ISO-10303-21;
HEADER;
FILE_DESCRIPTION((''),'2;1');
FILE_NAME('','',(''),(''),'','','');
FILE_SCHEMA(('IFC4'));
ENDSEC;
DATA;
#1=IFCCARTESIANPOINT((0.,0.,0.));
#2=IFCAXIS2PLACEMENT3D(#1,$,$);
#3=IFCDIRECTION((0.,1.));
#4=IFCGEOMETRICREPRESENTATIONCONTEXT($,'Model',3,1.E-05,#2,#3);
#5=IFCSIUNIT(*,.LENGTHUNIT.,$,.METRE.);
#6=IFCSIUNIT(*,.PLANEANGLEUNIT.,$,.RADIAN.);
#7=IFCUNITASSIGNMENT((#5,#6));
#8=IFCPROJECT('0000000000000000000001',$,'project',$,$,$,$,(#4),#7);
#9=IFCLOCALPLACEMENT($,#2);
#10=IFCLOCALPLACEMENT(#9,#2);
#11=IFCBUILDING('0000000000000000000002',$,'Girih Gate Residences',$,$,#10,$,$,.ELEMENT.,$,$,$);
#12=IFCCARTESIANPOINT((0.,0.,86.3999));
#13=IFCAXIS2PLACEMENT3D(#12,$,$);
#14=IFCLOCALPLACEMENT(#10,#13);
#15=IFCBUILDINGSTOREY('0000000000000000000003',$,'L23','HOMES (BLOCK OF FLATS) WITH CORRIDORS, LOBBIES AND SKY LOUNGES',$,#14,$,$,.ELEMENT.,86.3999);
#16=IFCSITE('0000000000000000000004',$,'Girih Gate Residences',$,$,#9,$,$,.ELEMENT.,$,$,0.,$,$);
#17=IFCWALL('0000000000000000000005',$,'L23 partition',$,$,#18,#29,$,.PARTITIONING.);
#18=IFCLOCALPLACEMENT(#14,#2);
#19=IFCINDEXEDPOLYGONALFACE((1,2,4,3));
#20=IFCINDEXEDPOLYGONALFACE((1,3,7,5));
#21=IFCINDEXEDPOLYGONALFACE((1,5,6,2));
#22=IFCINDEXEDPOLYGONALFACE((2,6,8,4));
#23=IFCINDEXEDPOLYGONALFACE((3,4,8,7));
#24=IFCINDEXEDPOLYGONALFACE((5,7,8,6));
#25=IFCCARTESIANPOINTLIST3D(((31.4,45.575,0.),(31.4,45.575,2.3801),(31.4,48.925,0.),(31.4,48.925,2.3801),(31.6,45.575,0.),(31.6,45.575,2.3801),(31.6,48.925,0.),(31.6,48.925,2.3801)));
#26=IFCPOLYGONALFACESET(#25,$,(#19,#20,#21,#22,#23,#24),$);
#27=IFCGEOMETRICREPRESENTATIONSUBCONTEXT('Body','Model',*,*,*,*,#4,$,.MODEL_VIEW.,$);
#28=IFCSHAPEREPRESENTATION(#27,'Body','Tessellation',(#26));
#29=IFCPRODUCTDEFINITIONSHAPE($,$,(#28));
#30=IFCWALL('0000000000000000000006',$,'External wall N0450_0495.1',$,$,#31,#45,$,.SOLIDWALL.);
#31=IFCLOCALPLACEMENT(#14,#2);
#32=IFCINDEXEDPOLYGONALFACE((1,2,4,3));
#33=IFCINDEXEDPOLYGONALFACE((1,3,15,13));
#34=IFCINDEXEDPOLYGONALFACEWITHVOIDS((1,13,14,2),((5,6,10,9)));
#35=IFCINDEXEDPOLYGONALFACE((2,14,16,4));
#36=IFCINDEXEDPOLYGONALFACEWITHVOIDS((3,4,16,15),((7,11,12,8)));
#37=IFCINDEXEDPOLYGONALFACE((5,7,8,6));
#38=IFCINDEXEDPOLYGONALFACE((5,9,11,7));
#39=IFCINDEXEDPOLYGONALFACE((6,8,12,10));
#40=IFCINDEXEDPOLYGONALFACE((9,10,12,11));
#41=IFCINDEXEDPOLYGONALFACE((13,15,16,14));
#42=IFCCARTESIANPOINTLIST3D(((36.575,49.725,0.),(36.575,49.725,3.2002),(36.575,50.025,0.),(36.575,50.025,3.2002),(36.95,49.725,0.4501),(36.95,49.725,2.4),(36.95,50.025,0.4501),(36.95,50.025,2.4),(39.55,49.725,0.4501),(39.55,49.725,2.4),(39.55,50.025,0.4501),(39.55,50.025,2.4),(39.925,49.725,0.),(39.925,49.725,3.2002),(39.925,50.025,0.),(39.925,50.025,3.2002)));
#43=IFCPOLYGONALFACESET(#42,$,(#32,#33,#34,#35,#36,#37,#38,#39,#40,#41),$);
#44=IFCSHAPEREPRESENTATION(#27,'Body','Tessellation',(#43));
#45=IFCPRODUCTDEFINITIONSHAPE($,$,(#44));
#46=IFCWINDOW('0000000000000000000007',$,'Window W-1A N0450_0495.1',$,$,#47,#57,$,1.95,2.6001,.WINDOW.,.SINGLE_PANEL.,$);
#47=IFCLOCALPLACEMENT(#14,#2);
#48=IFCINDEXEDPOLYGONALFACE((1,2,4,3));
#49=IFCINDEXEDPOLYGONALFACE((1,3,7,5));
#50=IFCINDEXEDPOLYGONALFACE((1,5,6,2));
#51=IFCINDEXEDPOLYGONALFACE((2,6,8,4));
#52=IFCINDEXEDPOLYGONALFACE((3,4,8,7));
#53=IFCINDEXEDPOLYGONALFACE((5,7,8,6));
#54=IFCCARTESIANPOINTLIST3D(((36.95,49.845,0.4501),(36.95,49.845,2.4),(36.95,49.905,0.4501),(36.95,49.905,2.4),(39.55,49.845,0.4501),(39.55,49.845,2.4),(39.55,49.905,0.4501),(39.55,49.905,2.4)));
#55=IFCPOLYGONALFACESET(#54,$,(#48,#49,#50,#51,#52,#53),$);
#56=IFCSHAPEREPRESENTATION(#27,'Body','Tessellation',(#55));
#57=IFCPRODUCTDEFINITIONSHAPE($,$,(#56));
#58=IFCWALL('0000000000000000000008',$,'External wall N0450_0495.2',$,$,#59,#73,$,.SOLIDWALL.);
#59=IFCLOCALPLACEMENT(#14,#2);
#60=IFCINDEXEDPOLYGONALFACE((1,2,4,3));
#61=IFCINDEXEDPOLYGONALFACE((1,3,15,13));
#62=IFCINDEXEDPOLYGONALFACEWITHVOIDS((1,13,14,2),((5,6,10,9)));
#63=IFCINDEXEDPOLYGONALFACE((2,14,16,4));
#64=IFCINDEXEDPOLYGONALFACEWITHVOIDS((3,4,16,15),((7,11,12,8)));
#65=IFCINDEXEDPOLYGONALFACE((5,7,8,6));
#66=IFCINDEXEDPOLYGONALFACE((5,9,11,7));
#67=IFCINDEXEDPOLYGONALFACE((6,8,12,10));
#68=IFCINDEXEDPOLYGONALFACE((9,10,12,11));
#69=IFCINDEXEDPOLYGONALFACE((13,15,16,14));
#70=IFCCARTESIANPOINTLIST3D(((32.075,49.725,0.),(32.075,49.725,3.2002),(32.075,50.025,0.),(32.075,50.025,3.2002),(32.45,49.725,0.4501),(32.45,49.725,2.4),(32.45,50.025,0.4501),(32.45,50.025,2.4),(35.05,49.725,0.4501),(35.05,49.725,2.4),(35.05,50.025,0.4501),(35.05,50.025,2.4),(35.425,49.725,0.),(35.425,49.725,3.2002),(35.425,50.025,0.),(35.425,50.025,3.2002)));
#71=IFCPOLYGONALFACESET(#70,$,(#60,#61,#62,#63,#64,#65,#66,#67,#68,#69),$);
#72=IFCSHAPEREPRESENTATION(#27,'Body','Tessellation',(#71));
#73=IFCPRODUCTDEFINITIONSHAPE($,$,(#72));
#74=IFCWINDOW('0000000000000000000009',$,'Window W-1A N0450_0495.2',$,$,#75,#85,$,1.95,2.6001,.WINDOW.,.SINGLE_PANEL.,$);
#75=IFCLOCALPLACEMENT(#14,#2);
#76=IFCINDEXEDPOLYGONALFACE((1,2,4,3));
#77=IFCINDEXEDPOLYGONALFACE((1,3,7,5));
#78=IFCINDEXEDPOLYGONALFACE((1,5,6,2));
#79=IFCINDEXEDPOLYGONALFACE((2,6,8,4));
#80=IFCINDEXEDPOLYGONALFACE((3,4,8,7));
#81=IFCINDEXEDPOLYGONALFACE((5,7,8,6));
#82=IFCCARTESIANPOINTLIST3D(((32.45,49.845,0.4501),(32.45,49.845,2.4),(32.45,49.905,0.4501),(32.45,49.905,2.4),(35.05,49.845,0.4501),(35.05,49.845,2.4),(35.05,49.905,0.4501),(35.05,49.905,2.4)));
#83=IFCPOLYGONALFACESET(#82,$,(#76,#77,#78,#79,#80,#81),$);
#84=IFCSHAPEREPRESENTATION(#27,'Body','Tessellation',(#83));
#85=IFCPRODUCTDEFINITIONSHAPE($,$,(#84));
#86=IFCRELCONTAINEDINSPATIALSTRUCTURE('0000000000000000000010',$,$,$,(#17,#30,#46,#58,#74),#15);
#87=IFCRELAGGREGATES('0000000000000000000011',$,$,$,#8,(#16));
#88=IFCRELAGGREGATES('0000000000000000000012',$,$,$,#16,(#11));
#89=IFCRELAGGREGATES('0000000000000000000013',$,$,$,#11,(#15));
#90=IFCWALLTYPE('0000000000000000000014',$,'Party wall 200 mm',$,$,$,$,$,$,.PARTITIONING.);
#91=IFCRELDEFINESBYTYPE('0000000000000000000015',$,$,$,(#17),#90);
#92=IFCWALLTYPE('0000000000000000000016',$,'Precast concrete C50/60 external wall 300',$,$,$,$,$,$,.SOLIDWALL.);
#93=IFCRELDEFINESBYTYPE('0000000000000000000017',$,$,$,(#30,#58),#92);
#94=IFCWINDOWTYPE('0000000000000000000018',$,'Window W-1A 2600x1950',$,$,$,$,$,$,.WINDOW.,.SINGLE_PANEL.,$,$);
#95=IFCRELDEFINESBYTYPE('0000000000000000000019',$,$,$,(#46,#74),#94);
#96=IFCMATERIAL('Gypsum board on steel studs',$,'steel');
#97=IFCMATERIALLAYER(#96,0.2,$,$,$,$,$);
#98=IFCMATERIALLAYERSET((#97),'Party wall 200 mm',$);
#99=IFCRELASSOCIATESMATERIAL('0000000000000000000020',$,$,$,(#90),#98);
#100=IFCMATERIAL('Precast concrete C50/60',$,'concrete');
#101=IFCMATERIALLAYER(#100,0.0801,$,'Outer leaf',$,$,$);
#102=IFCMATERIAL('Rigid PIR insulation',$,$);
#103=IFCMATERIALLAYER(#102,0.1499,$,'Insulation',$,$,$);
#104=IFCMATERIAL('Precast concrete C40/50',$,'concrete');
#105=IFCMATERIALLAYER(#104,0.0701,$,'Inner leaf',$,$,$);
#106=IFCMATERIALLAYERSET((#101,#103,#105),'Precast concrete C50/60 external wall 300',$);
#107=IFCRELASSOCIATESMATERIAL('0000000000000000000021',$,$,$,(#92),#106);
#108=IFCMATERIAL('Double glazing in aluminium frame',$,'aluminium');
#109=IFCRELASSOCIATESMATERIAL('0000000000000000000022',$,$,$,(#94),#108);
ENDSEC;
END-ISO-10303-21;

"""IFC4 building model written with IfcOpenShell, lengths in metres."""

from ifc_helpers import new_model, si_unit, direction, frame, frame_2d, origin, place, context, subcontext, project, spatial, rectangle, extrude, material, layer, layer_set, type_object, element, fill, save


model = new_model("IFC4")

# Units and contexts
model_context = context("Model", 3, precision=1e-05, world=origin(), true_north=direction((0.0, 1.0)))
body_context = subcontext(model_context, "Body", "Model", "MODEL_VIEW")
ifc_project = project(units=[si_unit("LENGTHUNIT", "METRE"), si_unit("PLANEANGLEUNIT", "RADIAN")], contexts=[model_context])

# Site, building, storey
site_placement = place(None, origin())
site = spatial("IfcSite", under=ifc_project, at=site_placement, Name="Girih Gate Residences", CompositionType="ELEMENT", RefElevation=0.0)
building_placement = place(site_placement, origin())
building = spatial("IfcBuilding", under=site, at=building_placement, Name="Girih Gate Residences", CompositionType="ELEMENT")
storey_placement = place(building_placement, frame((0.0, 0.0, 86.3999)))
storey = spatial("IfcBuildingStorey", under=building, at=storey_placement, Name="L23", Description="HOMES (BLOCK OF FLATS) WITH CORRIDORS, LOBBIES AND SKY LOUNGES", CompositionType="ELEMENT", Elevation=86.3999)

# Shared definitions
ifc_material_1 = material(Name="Gypsum board on steel studs", Category="steel")

# Wall
ifc_layer_1 = layer(ifc_material_1, 0.2)
ifc_layer_set_1 = layer_set([ifc_layer_1], Name="Party wall 200 mm")
wall_type_1 = type_object("IfcWallType", Name="Party wall 200 mm", PredefinedType="PARTITIONING", material=ifc_layer_set_1)
wall_1_placement = place(storey_placement, frame((31.5, 45.575, 0.0), z_axis=(0.0, 0.0, 1.0), x_axis=(0.0, 1.0, 0.0)))
element("IfcWall", 1, at=wall_1_placement, inside=storey, type_object=wall_type_1, Name="L23 partition", PredefinedType="PARTITIONING", context=body_context, shape_type="SweptSolid", body=[
    extrude(rectangle(XDim=3.3501, YDim=0.2, at=frame_2d((1.675, 0.0))), origin(), (0.0, 0.0, 1.0), 2.3801),
])

# Walls, openings, windows
ifc_material_2 = material(Name="Precast concrete C50/60", Category="concrete")
ifc_layer_2 = layer(ifc_material_2, 0.0801, Name="Outer leaf")
ifc_material_3 = material(Name="Rigid PIR insulation")
ifc_layer_3 = layer(ifc_material_3, 0.1499, Name="Insulation")
ifc_material_4 = material(Name="Precast concrete C40/50", Category="concrete")
ifc_layer_4 = layer(ifc_material_4, 0.0701, Name="Inner leaf")
ifc_layer_set_2 = layer_set([ifc_layer_2, ifc_layer_3, ifc_layer_4], Name="Precast concrete C50/60 external wall 300")
wall_type_2 = type_object("IfcWallType", Name="Precast concrete C50/60 external wall 300", PredefinedType="SOLIDWALL", material=ifc_layer_set_2)
wall_2_placement = place(storey_placement, frame((36.575, 49.875, 0.0), z_axis=(0.0, 0.0, 1.0), x_axis=(1.0, 0.0, 0.0)))
wall_2 = element("IfcWall", 2, at=wall_2_placement, inside=storey, type_object=wall_type_2, Name="External wall N0450_0495.1", PredefinedType="SOLIDWALL", context=body_context, shape_type="SweptSolid", body=[
    extrude(rectangle(XDim=3.3501, YDim=0.3, at=frame_2d((1.675, 0.0))), origin(), (0.0, 0.0, 1.0), 3.2002),
])
opening_1_placement = place(wall_2_placement, frame((0.375, 0.0, 0.45)))
opening_1 = element("IfcOpeningElement", 3, at=opening_1_placement, cuts=wall_2, PredefinedType="OPENING", context=body_context, shape_type="SweptSolid", body=[
    extrude(rectangle(XDim=2.6001, YDim=1.95, at=frame_2d((1.3, 0.9751))), frame((0.0, 0.1599, 0.0), z_axis=(0.0, -1.0, 0.0), x_axis=(1.0, 0.0, 0.0)), (0.0, 0.0, 1.0), 0.3201),
])
ifc_material_5 = material(Name="Double glazing in aluminium frame", Category="aluminium")
window_type = type_object("IfcWindowType", Name="Window W-1A 2600x1950", PartitioningType="SINGLE_PANEL", PredefinedType="WINDOW", material=ifc_material_5)
window_1_placement = place(opening_1_placement, origin())
window_1 = element("IfcWindow", 4, at=window_1_placement, inside=storey, type_object=window_type, Name="Window W-1A N0450_0495.1", OverallHeight=1.95, OverallWidth=2.6001, PartitioningType="SINGLE_PANEL", PredefinedType="WINDOW", context=body_context, shape_type="SweptSolid", body=[
    extrude(rectangle(XDim=2.6001, YDim=1.95, at=frame_2d((1.3, 0.9751))), frame((0.0, 0.03, 0.0), z_axis=(0.0, -1.0, 0.0), x_axis=(1.0, 0.0, 0.0)), (0.0, 0.0, 1.0), 0.0601),
])
fill(opening_1, window_1)
wall_3_placement = place(storey_placement, frame((32.075, 49.875, 0.0), z_axis=(0.0, 0.0, 1.0), x_axis=(1.0, 0.0, 0.0)))
wall_3 = element("IfcWall", 5, at=wall_3_placement, inside=storey, type_object=wall_type_2, Name="External wall N0450_0495.2", PredefinedType="SOLIDWALL", context=body_context, shape_type="SweptSolid", body=[
    extrude(rectangle(XDim=3.3501, YDim=0.3, at=frame_2d((1.675, 0.0))), origin(), (0.0, 0.0, 1.0), 3.2002),
])
opening_2_placement = place(wall_3_placement, frame((0.375, 0.0, 0.45)))
opening_2 = element("IfcOpeningElement", 6, at=opening_2_placement, cuts=wall_3, PredefinedType="OPENING", context=body_context, shape_type="SweptSolid", body=[
    extrude(rectangle(XDim=2.6001, YDim=1.95, at=frame_2d((1.3, 0.9751))), frame((0.0, 0.1599, 0.0), z_axis=(0.0, -1.0, 0.0), x_axis=(1.0, 0.0, 0.0)), (0.0, 0.0, 1.0), 0.3201),
])
window_2_placement = place(opening_2_placement, origin())
window_2 = element("IfcWindow", 7, at=window_2_placement, inside=storey, type_object=window_type, Name="Window W-1A N0450_0495.2", OverallHeight=1.95, OverallWidth=2.6001, PartitioningType="SINGLE_PANEL", PredefinedType="WINDOW", context=body_context, shape_type="SweptSolid", body=[
    extrude(rectangle(XDim=2.6001, YDim=1.95, at=frame_2d((1.3, 0.9751))), frame((0.0, 0.03, 0.0), z_axis=(0.0, -1.0, 0.0), x_axis=(1.0, 0.0, 0.0)), (0.0, 0.0, 1.0), 0.0601),
])
fill(opening_2, window_2)

save(model, "model.ifc")
